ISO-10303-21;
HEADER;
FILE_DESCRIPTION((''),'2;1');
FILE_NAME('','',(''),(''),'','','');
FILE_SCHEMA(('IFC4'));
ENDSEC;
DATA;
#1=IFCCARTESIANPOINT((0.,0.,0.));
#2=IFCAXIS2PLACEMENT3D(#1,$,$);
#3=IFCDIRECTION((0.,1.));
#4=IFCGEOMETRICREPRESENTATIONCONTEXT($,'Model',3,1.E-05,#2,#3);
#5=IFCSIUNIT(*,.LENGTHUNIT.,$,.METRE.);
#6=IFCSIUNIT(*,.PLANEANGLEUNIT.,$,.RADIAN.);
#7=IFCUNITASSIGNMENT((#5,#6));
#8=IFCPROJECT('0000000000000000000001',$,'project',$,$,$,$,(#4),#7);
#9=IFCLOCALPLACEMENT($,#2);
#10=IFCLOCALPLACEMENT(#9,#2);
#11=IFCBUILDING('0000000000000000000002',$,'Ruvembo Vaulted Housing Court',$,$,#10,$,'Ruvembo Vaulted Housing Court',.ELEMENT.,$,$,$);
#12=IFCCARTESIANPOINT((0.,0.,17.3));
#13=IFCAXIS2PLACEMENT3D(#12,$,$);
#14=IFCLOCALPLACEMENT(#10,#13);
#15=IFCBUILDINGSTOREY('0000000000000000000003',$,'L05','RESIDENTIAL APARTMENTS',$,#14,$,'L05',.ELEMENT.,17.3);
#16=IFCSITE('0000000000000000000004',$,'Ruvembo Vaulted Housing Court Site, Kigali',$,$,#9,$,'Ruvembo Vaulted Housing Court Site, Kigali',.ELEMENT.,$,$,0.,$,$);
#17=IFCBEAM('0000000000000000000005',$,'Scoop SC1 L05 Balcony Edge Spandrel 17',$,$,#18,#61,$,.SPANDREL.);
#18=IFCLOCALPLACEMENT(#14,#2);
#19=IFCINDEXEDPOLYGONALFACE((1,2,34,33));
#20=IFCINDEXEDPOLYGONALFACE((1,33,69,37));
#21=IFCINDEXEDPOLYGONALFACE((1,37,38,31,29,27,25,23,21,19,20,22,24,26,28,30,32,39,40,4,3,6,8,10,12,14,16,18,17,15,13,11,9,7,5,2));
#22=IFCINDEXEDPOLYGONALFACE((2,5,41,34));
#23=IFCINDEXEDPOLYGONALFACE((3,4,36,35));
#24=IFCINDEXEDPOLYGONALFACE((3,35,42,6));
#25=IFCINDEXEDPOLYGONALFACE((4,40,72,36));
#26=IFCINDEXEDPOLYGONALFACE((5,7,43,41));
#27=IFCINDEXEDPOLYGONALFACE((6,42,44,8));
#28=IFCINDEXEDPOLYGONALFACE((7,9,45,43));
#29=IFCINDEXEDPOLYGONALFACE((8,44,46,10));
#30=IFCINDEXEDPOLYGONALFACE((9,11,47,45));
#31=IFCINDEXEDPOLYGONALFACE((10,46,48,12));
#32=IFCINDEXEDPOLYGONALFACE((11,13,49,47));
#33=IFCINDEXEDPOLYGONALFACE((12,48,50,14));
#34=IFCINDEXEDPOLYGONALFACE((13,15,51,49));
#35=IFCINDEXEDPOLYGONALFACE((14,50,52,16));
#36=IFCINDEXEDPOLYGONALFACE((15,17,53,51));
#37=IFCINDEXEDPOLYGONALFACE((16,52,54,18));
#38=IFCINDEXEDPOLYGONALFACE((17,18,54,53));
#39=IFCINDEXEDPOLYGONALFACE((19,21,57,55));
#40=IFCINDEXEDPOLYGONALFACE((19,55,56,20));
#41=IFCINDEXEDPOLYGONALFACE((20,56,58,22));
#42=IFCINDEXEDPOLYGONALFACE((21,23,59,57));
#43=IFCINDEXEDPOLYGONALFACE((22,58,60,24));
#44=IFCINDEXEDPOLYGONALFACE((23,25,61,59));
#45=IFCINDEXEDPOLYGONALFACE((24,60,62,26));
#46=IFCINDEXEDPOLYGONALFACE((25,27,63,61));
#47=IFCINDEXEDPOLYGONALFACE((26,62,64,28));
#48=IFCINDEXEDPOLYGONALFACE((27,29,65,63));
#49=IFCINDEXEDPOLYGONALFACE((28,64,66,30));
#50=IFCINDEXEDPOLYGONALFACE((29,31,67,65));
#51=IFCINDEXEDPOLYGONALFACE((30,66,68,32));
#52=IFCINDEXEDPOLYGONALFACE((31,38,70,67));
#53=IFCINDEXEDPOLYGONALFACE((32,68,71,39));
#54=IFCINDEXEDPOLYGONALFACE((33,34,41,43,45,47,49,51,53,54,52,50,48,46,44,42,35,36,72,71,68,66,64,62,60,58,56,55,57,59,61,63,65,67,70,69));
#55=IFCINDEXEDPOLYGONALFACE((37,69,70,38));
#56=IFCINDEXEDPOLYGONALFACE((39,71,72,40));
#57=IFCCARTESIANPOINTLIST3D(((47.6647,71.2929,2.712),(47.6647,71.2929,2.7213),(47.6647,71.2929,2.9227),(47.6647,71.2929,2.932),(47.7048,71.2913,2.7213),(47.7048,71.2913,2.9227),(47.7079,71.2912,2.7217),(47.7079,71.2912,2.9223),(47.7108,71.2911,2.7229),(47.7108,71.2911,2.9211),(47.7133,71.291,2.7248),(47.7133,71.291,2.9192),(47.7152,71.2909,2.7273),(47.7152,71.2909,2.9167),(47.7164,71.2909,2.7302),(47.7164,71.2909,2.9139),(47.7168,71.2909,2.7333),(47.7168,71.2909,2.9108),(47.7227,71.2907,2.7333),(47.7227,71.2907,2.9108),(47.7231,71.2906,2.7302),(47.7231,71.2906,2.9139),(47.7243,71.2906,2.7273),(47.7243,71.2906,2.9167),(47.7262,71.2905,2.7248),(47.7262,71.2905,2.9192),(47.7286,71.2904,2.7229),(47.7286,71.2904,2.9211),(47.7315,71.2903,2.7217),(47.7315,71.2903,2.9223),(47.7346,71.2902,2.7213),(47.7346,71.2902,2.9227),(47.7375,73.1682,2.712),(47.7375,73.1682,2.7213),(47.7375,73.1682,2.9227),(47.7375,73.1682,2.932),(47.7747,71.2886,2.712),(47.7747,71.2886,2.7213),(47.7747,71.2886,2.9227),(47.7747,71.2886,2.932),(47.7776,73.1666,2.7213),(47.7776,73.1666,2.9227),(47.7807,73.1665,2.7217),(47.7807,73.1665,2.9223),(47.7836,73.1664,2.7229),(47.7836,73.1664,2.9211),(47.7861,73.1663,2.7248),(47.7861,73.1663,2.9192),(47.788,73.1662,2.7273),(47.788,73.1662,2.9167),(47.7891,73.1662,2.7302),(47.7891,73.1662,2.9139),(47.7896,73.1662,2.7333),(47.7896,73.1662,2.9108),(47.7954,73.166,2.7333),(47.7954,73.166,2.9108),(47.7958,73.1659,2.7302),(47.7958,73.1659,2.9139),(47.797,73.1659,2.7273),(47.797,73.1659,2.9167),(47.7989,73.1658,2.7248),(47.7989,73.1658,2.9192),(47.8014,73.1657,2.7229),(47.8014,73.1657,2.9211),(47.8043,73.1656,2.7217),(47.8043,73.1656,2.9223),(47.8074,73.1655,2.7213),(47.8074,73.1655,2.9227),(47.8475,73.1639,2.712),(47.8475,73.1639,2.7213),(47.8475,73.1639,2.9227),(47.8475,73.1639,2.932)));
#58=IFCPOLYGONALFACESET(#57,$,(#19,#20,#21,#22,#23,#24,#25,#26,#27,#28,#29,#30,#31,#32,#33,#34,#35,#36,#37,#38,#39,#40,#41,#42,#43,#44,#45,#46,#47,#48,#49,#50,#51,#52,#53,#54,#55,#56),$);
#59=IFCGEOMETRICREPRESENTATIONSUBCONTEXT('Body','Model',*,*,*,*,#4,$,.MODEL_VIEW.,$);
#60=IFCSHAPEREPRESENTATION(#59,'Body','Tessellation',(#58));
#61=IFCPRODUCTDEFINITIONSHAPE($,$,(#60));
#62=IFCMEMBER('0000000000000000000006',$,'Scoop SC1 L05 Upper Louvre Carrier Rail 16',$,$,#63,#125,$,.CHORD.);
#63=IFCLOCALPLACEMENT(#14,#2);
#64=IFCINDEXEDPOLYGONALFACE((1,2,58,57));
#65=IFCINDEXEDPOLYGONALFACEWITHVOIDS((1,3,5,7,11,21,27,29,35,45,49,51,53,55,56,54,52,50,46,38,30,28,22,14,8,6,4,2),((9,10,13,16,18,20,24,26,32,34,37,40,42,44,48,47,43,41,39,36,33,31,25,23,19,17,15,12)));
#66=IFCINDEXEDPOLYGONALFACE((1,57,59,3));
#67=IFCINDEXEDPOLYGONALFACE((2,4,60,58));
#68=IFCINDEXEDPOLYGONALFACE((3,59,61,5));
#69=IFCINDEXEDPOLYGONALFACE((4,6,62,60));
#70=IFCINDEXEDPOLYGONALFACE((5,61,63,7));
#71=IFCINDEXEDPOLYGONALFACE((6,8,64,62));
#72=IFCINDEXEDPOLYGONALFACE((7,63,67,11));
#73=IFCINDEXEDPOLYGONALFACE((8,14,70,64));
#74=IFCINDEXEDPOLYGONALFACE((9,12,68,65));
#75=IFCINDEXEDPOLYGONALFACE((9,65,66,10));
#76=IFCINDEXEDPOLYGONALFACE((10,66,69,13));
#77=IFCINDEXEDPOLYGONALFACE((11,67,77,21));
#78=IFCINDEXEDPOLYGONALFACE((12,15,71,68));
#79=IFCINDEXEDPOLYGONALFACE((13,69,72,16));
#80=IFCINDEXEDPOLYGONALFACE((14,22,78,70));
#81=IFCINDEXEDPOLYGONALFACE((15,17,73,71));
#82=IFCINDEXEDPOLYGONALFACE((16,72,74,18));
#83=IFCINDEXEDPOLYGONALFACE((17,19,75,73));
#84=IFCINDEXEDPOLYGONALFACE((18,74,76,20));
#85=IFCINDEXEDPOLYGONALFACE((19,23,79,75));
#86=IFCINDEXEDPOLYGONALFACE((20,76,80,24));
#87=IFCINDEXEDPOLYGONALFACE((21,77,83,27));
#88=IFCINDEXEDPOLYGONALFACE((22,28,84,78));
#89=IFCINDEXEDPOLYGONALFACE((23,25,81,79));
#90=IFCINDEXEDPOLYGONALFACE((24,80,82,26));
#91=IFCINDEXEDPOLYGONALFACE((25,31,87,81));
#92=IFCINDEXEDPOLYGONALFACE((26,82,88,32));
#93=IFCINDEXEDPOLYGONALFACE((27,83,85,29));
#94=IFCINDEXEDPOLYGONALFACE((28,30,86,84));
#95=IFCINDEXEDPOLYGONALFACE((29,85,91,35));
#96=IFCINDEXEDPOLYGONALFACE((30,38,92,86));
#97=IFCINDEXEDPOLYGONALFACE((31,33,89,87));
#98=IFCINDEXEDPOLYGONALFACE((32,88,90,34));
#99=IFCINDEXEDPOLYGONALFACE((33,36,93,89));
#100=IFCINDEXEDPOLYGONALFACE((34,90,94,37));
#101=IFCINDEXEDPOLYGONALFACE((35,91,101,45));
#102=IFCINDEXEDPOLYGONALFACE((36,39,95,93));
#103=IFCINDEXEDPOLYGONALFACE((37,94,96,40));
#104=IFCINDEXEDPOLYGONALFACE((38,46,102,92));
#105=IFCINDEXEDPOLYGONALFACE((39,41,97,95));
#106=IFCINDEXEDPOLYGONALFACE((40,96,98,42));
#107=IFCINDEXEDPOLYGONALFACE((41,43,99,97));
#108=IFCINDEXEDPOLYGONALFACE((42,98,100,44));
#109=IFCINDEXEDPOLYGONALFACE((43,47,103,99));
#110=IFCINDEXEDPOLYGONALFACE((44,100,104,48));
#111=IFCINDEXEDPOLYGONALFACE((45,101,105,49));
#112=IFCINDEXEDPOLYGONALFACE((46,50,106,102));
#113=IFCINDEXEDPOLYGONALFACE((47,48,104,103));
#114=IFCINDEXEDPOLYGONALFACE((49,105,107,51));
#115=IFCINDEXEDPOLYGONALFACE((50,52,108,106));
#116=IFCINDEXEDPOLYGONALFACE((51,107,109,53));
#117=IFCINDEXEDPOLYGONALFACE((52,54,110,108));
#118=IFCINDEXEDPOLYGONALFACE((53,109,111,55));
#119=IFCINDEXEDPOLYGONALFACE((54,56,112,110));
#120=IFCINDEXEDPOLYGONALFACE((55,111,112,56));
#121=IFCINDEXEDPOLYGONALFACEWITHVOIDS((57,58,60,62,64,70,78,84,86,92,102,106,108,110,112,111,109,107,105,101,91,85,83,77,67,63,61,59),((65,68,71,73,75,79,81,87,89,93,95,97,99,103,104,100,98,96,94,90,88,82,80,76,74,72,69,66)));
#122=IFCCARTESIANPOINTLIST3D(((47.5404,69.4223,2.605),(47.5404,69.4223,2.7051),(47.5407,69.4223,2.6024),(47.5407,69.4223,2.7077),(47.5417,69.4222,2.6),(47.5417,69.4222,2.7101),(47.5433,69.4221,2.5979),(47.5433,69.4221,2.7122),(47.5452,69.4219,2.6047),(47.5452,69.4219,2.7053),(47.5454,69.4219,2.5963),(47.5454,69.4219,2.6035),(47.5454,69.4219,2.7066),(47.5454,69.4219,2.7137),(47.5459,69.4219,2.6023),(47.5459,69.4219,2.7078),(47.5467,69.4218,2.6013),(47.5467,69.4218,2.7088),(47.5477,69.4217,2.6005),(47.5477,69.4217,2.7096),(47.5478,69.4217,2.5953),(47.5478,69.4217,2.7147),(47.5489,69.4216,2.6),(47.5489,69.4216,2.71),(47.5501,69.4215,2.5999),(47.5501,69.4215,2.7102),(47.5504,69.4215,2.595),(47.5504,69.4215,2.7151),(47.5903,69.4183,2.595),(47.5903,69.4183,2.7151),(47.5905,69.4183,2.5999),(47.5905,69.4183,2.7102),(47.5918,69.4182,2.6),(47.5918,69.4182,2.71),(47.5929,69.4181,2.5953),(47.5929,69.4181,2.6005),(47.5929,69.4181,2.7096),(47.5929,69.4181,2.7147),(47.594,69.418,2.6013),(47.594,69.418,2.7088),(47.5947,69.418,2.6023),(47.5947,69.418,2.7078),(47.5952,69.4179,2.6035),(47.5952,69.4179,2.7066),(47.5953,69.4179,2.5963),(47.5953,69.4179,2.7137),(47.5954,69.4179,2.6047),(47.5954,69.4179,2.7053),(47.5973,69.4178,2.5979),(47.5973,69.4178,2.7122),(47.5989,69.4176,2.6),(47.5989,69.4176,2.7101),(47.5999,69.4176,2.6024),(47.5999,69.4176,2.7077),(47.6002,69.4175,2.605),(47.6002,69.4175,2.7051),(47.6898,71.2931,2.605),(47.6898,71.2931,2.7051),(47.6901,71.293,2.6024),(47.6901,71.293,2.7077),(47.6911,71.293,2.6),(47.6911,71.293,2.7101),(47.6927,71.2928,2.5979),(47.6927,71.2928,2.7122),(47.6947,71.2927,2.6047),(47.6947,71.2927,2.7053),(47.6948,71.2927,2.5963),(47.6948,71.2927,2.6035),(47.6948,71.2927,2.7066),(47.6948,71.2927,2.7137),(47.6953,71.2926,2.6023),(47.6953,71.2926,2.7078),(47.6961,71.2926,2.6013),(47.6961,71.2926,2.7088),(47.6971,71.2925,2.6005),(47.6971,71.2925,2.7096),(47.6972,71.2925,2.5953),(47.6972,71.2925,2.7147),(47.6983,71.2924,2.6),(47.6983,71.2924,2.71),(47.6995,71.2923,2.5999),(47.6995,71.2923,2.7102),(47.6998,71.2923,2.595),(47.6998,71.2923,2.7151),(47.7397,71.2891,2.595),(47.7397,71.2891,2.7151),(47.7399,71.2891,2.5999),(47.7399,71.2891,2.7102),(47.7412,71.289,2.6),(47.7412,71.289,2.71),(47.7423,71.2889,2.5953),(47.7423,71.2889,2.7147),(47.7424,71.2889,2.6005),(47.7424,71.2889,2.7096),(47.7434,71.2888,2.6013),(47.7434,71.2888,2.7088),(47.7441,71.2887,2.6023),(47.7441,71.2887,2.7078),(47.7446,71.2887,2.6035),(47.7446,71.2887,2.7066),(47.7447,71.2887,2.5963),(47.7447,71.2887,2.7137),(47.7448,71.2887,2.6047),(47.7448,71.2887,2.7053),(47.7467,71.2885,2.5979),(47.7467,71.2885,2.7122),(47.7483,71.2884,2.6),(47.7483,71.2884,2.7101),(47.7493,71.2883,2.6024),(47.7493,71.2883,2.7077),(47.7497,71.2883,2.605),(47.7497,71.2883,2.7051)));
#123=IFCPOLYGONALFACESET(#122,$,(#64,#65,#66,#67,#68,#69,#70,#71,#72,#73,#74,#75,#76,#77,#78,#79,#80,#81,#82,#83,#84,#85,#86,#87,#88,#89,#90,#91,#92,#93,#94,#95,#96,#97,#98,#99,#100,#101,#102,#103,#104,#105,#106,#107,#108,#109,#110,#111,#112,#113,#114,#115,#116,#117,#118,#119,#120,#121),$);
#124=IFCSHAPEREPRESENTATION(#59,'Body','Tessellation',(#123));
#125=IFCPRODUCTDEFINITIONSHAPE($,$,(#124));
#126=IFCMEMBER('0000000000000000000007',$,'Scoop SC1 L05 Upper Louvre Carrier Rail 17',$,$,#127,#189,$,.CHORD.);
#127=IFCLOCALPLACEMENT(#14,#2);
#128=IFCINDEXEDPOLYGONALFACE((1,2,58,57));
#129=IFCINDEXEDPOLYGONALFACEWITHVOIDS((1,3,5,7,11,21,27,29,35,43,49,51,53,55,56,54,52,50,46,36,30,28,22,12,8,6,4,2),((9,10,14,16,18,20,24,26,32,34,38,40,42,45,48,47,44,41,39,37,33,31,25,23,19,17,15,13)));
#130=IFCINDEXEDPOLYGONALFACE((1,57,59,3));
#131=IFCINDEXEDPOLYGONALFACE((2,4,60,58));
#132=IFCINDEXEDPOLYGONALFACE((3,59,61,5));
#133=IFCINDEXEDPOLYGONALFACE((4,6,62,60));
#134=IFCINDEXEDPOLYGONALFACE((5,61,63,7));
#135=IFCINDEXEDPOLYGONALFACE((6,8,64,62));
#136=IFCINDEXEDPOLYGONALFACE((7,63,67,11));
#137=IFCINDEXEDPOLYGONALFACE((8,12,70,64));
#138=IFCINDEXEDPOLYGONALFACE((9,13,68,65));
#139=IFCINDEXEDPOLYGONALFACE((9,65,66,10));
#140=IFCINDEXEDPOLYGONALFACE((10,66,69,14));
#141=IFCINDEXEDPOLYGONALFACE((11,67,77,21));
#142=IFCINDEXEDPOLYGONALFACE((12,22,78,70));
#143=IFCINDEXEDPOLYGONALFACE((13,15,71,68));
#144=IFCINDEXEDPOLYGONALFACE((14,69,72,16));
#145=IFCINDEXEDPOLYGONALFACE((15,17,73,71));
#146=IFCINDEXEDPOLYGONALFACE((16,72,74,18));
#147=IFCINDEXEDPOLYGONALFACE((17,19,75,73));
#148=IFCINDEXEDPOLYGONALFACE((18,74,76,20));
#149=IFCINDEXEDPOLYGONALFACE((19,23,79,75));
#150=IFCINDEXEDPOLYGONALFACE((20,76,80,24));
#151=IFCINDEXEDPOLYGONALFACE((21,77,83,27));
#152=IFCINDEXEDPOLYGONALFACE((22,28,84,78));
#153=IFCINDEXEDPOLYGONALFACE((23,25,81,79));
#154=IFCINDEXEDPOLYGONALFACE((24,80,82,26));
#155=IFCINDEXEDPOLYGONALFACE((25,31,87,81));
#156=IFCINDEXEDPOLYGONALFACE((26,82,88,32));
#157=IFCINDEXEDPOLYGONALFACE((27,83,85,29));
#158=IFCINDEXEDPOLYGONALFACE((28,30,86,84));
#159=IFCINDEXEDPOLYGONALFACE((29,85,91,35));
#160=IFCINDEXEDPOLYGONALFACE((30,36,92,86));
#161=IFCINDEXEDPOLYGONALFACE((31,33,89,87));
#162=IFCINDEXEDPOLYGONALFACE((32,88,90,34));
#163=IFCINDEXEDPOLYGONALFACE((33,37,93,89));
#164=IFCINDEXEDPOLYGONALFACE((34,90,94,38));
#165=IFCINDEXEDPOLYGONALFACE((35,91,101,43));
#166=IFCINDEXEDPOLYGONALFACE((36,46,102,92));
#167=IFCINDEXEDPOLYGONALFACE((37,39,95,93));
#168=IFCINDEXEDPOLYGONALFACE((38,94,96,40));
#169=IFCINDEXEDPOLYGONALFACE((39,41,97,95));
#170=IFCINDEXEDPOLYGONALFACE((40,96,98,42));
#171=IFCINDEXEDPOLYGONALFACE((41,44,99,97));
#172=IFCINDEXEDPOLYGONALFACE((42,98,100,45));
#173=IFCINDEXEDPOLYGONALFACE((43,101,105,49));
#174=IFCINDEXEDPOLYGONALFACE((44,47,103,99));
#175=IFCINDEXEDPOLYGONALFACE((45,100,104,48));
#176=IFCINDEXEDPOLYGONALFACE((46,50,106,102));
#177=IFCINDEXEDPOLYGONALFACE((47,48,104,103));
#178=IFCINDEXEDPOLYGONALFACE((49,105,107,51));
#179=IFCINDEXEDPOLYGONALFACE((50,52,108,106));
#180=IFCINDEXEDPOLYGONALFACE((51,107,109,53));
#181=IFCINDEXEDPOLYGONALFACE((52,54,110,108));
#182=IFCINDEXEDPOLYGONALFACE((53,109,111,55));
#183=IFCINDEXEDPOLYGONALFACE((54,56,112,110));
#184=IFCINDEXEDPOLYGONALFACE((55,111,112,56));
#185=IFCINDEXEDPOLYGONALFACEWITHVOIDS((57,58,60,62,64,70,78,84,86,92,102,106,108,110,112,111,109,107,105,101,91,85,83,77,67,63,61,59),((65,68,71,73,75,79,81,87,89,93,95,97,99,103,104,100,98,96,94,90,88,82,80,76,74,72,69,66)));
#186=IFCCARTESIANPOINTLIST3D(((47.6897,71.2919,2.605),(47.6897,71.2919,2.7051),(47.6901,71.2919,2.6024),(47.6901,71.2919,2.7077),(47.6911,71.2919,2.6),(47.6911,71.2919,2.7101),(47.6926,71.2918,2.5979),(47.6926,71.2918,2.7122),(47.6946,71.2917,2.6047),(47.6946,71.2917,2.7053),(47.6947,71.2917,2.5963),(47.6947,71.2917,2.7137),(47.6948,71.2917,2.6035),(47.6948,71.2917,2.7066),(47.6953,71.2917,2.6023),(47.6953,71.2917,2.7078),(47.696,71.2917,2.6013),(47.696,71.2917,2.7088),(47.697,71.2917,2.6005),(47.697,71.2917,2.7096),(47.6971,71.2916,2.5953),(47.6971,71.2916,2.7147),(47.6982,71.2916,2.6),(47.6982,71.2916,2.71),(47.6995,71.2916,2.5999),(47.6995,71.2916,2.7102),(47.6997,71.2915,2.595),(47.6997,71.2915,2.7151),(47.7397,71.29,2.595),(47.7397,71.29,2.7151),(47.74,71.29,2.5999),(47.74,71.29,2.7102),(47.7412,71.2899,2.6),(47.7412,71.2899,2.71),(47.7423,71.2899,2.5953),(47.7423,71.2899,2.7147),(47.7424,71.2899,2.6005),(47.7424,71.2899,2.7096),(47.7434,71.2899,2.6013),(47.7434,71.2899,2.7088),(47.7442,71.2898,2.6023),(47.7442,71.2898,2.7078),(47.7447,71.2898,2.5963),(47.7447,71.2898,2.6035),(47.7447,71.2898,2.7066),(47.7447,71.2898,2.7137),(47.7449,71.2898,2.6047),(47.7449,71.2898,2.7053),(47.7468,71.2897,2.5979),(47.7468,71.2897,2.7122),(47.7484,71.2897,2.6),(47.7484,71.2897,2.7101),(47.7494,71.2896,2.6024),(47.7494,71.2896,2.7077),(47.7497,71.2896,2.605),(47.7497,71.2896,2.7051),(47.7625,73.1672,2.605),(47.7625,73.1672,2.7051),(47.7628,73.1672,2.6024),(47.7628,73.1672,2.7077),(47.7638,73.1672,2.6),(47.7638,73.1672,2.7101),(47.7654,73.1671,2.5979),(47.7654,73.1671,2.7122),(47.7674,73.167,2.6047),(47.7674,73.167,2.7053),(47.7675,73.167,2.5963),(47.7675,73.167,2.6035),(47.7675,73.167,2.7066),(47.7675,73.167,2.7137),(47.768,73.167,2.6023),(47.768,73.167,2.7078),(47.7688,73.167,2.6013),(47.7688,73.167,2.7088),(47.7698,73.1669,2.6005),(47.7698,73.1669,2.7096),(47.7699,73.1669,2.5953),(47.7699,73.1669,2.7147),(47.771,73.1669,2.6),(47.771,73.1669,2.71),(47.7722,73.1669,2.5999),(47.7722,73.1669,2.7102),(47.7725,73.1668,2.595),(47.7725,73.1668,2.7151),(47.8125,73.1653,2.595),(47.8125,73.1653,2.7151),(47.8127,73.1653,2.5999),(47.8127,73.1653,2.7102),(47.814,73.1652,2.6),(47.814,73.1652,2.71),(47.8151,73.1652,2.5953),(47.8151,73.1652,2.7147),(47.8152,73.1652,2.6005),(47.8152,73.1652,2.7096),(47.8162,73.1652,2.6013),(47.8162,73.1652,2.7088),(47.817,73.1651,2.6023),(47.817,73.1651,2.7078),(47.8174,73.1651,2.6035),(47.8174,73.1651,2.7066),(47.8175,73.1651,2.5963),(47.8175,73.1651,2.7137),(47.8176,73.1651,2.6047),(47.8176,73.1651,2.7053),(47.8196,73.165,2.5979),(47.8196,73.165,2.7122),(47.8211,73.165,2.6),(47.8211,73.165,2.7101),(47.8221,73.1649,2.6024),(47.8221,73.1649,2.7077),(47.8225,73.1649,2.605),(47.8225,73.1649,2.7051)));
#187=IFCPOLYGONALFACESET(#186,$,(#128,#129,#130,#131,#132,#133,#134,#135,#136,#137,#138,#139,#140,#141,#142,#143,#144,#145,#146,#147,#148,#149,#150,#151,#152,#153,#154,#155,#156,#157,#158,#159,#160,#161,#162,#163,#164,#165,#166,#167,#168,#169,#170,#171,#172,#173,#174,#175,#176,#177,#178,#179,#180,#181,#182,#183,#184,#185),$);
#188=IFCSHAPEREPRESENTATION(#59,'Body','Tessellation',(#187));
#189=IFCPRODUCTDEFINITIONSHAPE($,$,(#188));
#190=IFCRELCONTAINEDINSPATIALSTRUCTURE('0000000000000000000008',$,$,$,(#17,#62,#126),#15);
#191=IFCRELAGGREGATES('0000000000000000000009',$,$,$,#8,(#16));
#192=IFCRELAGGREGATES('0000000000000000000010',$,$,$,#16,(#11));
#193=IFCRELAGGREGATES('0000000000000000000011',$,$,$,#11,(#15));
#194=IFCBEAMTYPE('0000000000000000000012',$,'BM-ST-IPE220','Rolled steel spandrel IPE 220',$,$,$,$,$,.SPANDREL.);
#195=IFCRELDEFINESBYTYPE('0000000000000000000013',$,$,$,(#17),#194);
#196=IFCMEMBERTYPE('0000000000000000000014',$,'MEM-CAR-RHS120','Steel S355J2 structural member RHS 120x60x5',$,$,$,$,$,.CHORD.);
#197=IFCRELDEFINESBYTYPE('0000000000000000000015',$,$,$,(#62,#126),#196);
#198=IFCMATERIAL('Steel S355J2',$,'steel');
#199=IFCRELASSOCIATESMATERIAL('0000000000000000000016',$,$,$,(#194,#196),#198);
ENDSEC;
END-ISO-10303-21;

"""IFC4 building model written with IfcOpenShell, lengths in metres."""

from ifc_helpers import new_model, si_unit, direction, frame, origin, origin_2d, place, context, subcontext, project, spatial, hollow_rectangle, i_section, extrude, material, material_profile, profile_set, type_object, element, save


model = new_model("IFC4")

# Units and contexts
model_context = context("Model", 3, precision=1e-05, world=origin(), true_north=direction((0.0, 1.0)))
body_context = subcontext(model_context, "Body", "Model", "MODEL_VIEW")
ifc_project = project(units=[si_unit("LENGTHUNIT", "METRE"), si_unit("PLANEANGLEUNIT", "RADIAN")], contexts=[model_context])

# Site, building, storey
site_placement = place(None, origin())
site = spatial("IfcSite", under=ifc_project, at=site_placement, Name="Ruvembo Vaulted Housing Court Site, Kigali", LongName="Ruvembo Vaulted Housing Court Site, Kigali", CompositionType="ELEMENT", RefElevation=0.0)
building_placement = place(site_placement, origin())
building = spatial("IfcBuilding", under=site, at=building_placement, Name="Ruvembo Vaulted Housing Court", LongName="Ruvembo Vaulted Housing Court", CompositionType="ELEMENT")
storey_placement = place(building_placement, frame((0.0, 0.0, 17.3)))
storey = spatial("IfcBuildingStorey", under=building, at=storey_placement, Name="L05", Description="RESIDENTIAL APARTMENTS", LongName="L05", CompositionType="ELEMENT", Elevation=17.3)

# Beam
ifc_material_1 = material(Name="Steel S355J2", Category="steel")
ifc_material_profile_1 = material_profile(ifc_material_1, i_section(OverallWidth=0.1101, OverallDepth=0.22, WebThickness=0.0059, FlangeThickness=0.0093, FilletRadius=0.012, at=origin_2d()), Name="IPE 220")
ifc_profile_set_1 = profile_set([ifc_material_profile_1], Name="Steel S355J2")
beam_type = type_object("IfcBeamType", Name="BM-ST-IPE220", Description="Rolled steel spandrel IPE 220", PredefinedType="SPANDREL", material=ifc_profile_set_1)
beam_placement = place(storey_placement, frame((47.7197, 71.2908, 2.822), z_axis=(0.038768, 0.999248, 0.0), x_axis=(-0.999248, 0.038768, 0.0)))
element("IfcBeam", 1, at=beam_placement, inside=storey, type_object=beam_type, Name="Scoop SC1 L05 Balcony Edge Spandrel 17", PredefinedType="SPANDREL", context=body_context, shape_type="SweptSolid", body=[
    extrude(i_section(OverallWidth=0.1101, OverallDepth=0.22, WebThickness=0.0059, FlangeThickness=0.0093, FilletRadius=0.012, at=origin_2d()), origin(), (0.0, 0.0, 1.0), 1.8767),
])

# Members
ifc_material_profile_2 = material_profile(ifc_material_1, hollow_rectangle(XDim=0.0601, YDim=0.1201, WallThickness=0.0049, InnerFilletRadius=0.0049, OuterFilletRadius=0.01, at=origin_2d()), Name="RHS 120x60x5")
ifc_profile_set_2 = profile_set([ifc_material_profile_2], Name="Steel S355J2")
member_type_1 = type_object("IfcMemberType", Name="MEM-CAR-RHS120", Description="Steel S355J2 structural member RHS 120x60x5", PredefinedType="CHORD", material=ifc_profile_set_2)
for number, where, z_axis, x_axis, name in (
    (2, (47.5703, 69.4199, 2.655), (0.079611, 0.996826, 0.0), (-0.996826, 0.079611, 0.0), "Scoop SC1 L05 Upper Louvre Carrier Rail 16"),
    (3, (47.7197, 71.2908, 2.655), (0.038768, 0.999248, 0.0), (-0.999248, 0.038768, 0.0), "Scoop SC1 L05 Upper Louvre Carrier Rail 17"),
):
    element("IfcMember", number, at=place(storey_placement, frame(where, z_axis=z_axis, x_axis=x_axis)), inside=storey, type_object=member_type_1, Name=name, PredefinedType="CHORD", context=body_context, shape_type="SweptSolid", body=[
        extrude(hollow_rectangle(XDim=0.0601, YDim=0.1201, WallThickness=0.0049, InnerFilletRadius=0.0049, OuterFilletRadius=0.01, at=origin_2d()), origin(), (0.0, 0.0, 1.0), 1.8767),
    ])

save(model, "model.ifc")
